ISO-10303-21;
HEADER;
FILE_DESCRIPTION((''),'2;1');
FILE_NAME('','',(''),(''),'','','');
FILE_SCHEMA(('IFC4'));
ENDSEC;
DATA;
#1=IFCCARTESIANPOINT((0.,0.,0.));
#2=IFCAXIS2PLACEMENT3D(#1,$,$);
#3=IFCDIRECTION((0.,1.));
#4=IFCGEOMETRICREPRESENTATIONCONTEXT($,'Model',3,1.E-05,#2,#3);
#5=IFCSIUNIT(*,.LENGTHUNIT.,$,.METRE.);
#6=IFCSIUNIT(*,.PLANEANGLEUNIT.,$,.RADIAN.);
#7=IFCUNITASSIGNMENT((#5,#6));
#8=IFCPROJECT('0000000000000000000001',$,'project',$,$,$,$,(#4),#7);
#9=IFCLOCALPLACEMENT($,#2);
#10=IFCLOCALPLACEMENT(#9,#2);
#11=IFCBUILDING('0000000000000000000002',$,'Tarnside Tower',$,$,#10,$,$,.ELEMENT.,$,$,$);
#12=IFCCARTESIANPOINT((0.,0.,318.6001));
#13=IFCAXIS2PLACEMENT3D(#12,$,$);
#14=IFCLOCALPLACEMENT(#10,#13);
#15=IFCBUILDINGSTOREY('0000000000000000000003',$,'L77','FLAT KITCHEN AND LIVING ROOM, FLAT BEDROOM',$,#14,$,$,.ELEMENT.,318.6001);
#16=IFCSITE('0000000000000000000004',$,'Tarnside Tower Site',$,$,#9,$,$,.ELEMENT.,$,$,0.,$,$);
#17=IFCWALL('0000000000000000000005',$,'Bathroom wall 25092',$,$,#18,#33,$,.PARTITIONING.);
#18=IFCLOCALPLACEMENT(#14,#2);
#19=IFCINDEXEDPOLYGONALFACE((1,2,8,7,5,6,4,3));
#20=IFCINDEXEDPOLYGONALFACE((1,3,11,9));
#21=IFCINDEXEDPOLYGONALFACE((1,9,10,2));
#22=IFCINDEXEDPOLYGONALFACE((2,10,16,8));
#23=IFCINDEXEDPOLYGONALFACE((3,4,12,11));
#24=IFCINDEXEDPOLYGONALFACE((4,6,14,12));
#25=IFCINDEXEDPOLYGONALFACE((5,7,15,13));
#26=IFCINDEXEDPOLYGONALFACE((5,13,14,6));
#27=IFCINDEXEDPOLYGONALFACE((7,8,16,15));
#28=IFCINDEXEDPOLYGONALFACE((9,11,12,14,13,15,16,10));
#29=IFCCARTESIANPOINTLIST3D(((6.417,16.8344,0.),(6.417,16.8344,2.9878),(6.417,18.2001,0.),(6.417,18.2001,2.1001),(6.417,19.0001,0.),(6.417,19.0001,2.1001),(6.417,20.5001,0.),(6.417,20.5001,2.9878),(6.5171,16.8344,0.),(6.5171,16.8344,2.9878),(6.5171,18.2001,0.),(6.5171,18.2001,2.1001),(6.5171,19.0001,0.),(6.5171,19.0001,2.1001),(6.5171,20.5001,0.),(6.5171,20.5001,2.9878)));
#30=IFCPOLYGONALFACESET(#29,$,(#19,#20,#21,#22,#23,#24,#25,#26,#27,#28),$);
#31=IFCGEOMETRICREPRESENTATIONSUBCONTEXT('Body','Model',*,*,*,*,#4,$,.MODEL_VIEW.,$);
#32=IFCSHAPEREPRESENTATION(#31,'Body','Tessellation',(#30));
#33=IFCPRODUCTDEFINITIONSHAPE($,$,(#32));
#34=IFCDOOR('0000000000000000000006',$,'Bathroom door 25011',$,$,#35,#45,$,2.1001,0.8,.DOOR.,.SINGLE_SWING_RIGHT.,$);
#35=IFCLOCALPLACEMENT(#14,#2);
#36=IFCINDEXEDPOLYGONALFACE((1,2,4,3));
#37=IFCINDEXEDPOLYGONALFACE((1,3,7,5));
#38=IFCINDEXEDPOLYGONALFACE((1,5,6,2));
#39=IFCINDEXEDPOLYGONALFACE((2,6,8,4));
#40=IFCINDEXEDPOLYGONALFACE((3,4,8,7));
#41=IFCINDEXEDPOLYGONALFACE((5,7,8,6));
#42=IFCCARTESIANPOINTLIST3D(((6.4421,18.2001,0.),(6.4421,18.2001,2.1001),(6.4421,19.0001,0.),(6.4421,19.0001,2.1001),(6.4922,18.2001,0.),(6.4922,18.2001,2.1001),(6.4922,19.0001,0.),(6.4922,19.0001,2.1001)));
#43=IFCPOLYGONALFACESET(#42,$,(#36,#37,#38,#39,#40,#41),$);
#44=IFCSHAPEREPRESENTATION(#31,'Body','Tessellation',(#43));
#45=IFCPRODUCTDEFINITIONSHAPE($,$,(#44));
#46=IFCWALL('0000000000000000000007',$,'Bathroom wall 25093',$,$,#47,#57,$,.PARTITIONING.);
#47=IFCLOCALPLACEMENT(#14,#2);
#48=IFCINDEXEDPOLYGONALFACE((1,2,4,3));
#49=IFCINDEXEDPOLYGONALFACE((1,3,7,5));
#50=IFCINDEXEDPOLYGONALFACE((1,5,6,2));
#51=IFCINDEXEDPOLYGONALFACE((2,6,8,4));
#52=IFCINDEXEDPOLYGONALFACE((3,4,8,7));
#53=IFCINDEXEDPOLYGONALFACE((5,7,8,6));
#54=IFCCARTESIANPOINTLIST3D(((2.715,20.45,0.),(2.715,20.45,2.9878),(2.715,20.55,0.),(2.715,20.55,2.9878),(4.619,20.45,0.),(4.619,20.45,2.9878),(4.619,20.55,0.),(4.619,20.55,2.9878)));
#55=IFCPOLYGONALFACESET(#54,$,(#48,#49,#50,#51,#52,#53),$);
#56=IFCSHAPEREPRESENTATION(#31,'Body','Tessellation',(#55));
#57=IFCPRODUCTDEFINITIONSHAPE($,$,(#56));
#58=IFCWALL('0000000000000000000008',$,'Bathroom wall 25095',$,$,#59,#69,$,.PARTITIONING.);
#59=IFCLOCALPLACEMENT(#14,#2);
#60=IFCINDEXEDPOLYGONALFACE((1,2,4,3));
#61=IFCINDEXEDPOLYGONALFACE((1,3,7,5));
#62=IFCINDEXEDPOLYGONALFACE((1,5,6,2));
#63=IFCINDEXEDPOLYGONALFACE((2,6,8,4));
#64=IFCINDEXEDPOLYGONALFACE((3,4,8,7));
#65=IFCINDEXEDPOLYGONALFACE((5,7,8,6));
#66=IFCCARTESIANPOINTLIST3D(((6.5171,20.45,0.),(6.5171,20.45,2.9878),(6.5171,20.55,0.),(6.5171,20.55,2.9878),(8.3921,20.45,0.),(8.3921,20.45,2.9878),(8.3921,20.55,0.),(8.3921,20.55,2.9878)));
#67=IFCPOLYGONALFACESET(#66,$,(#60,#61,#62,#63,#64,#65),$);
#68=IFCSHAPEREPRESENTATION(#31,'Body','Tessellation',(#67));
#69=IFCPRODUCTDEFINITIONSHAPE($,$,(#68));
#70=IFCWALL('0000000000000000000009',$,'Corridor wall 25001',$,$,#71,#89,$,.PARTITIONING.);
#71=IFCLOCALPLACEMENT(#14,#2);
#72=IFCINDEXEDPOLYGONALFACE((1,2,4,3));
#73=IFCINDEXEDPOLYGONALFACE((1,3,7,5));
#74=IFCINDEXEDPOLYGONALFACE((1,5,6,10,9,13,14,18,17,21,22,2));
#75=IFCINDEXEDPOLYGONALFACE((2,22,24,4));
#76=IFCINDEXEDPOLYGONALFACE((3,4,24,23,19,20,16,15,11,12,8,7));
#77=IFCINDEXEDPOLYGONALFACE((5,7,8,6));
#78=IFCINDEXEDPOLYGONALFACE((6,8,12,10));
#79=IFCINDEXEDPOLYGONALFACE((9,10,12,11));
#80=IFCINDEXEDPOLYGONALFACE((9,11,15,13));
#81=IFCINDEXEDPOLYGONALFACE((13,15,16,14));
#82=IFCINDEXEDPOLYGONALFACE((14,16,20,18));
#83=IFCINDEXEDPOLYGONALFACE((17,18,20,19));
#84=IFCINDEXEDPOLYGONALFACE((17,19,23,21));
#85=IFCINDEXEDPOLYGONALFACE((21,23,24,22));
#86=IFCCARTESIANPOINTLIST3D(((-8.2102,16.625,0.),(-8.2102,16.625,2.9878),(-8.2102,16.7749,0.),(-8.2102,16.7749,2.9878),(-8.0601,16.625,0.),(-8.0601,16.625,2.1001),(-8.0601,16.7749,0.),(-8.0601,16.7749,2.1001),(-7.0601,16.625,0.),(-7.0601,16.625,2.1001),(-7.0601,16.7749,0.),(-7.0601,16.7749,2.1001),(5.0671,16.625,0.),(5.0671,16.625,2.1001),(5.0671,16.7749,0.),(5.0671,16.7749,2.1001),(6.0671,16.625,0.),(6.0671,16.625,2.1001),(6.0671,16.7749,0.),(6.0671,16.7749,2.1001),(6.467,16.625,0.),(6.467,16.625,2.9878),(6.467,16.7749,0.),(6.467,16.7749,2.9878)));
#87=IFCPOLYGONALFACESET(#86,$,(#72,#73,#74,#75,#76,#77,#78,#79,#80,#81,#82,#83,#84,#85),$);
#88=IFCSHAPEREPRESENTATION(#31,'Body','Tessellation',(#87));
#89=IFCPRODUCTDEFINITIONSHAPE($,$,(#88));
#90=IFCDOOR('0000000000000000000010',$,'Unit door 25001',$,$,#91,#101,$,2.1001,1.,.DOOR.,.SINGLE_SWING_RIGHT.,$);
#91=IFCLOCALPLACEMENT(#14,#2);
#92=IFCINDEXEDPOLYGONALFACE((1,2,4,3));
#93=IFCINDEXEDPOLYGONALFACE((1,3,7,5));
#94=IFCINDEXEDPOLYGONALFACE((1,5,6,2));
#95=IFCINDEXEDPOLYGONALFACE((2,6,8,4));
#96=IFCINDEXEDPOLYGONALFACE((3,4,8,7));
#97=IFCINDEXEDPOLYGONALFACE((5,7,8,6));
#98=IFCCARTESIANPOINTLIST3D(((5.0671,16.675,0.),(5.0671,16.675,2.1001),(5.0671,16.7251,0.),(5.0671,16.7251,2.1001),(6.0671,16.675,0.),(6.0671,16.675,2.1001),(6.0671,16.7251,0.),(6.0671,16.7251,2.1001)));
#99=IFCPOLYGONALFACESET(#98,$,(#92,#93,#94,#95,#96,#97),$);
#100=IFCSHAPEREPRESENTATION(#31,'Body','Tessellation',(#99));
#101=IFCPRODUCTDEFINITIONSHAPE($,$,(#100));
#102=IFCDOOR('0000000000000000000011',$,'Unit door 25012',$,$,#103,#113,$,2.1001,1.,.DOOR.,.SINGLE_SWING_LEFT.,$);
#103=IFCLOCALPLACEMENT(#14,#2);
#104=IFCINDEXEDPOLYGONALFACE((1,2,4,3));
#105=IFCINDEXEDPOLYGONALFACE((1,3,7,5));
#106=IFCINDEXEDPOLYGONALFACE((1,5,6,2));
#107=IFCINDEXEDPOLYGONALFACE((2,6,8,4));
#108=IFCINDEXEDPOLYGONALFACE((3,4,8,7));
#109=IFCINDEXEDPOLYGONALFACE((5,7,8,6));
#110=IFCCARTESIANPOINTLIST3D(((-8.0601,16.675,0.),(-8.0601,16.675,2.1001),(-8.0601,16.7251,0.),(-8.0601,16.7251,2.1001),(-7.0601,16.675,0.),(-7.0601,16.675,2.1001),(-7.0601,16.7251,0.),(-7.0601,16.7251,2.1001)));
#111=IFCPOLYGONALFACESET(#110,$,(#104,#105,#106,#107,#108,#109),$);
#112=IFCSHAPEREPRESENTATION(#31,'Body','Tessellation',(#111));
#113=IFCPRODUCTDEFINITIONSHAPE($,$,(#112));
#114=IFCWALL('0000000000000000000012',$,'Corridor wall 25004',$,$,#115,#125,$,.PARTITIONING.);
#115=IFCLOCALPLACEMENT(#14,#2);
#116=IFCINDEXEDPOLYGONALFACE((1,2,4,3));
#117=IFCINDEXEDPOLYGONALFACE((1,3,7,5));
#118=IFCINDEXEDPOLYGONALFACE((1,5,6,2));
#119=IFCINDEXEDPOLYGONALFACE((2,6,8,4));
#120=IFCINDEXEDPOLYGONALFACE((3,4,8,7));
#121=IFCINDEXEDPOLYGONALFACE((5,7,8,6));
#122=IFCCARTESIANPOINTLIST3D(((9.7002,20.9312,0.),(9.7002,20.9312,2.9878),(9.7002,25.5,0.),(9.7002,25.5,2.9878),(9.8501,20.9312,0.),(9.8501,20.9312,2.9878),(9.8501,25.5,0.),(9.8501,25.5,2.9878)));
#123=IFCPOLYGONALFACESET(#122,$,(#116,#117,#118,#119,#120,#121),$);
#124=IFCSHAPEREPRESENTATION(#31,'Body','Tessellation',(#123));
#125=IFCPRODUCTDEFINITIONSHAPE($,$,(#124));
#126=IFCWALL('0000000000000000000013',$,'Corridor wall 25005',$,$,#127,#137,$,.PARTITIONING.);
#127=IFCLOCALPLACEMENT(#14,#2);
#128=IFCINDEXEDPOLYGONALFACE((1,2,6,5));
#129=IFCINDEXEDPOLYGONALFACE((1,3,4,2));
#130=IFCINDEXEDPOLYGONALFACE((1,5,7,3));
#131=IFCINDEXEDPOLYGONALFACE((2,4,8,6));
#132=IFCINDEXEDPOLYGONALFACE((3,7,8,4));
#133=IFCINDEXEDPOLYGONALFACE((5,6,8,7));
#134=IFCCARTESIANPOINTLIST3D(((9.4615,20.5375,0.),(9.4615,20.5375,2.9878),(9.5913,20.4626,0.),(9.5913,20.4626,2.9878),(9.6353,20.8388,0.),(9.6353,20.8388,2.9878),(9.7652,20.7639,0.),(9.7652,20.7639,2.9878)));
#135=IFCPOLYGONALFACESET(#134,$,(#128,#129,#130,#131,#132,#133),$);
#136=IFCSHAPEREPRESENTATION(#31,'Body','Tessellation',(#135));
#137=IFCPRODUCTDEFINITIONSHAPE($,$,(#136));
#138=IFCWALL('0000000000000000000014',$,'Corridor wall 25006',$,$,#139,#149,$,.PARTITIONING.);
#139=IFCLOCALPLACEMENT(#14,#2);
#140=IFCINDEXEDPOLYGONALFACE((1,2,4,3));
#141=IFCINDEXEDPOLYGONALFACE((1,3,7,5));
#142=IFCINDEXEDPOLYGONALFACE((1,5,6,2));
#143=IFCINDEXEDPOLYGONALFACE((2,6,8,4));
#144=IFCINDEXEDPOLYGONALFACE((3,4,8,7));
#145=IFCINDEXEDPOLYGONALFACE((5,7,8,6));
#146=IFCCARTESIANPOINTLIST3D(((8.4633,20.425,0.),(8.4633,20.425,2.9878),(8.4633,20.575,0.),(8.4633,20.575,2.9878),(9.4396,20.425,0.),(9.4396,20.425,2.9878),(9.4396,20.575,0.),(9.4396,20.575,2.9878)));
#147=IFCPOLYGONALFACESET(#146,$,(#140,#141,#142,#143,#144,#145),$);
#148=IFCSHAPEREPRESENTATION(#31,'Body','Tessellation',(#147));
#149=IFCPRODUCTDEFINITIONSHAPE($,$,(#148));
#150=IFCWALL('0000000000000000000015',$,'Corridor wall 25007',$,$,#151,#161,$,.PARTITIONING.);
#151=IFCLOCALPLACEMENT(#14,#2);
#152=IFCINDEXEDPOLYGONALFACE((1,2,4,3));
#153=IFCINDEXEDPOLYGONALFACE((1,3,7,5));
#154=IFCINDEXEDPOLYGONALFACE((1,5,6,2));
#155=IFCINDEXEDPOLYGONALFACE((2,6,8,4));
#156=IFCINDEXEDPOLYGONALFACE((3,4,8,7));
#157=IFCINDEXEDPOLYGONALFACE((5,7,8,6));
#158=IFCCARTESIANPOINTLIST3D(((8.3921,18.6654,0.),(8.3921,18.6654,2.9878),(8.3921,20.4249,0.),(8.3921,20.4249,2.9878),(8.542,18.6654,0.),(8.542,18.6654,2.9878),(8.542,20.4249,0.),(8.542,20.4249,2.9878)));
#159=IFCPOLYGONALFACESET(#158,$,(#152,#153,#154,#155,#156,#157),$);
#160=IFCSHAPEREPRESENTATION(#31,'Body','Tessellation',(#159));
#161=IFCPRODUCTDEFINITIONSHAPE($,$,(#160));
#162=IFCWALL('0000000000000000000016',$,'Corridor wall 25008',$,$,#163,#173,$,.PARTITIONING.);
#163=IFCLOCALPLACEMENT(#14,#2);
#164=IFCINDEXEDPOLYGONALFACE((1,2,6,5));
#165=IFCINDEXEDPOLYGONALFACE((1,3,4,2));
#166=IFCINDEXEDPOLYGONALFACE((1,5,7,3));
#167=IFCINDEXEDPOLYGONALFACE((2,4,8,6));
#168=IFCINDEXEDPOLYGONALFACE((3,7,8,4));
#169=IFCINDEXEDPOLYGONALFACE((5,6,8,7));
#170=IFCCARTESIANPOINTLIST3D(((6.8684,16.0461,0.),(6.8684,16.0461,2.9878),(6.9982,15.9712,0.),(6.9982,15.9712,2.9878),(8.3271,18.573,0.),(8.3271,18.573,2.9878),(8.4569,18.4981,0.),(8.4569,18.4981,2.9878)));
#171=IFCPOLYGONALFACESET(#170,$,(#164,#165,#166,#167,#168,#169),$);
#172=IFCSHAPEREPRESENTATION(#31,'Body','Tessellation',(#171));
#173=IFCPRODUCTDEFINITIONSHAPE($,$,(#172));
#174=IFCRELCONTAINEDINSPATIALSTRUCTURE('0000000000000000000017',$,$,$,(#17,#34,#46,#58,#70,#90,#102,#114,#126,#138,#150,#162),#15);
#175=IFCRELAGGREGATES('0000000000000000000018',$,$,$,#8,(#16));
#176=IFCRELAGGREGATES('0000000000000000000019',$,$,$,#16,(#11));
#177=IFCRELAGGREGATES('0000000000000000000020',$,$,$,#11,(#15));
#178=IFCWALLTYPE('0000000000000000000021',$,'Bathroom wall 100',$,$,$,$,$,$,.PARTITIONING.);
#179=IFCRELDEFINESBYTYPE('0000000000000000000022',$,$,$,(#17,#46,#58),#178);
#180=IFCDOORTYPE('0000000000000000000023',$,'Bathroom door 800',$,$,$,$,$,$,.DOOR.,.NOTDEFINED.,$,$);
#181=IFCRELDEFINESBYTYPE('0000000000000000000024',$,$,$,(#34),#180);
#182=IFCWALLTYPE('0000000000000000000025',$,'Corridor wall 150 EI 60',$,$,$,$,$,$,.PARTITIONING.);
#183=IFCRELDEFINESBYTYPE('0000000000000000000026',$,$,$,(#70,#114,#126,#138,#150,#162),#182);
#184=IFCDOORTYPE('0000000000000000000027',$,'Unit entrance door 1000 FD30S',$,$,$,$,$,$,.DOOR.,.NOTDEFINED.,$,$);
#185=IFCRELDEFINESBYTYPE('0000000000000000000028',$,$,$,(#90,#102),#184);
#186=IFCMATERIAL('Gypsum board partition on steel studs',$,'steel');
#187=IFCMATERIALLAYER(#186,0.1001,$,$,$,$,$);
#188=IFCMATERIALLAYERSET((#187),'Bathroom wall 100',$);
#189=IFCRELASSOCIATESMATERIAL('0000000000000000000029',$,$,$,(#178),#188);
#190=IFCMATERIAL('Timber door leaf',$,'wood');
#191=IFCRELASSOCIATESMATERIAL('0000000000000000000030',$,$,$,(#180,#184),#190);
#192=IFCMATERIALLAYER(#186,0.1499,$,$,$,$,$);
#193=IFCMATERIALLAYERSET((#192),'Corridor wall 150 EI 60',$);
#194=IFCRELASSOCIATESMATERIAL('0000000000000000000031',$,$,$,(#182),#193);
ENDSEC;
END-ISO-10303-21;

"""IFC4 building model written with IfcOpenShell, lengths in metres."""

from ifc_helpers import new_model, si_unit, direction, frame, frame_2d, origin, place, context, subcontext, project, spatial, rectangle, extrude, material, layer, layer_set, type_object, element, fill, save


model = new_model("IFC4")

# Units and contexts
model_context = context("Model", 3, precision=1e-05, world=origin(), true_north=direction((0.0, 1.0)))
body_context = subcontext(model_context, "Body", "Model", "MODEL_VIEW")
ifc_project = project(units=[si_unit("LENGTHUNIT", "METRE"), si_unit("PLANEANGLEUNIT", "RADIAN")], contexts=[model_context])

# Site, building, storey
site_placement = place(None, origin())
site = spatial("IfcSite", under=ifc_project, at=site_placement, Name="Tarnside Tower Site", CompositionType="ELEMENT", RefElevation=0.0)
building_placement = place(site_placement, origin())
building = spatial("IfcBuilding", under=site, at=building_placement, Name="Tarnside Tower", CompositionType="ELEMENT")
storey_placement = place(building_placement, frame((0.0, 0.0, 318.6001)))
storey = spatial("IfcBuildingStorey", under=building, at=storey_placement, Name="L77", Description="FLAT KITCHEN AND LIVING ROOM, FLAT BEDROOM", CompositionType="ELEMENT", Elevation=318.6001)

# Shared definitions
ifc_material_1 = material(Name="Gypsum board partition on steel studs", Category="steel")
ifc_layer_1 = layer(ifc_material_1, 0.1001)
ifc_layer_set_1 = layer_set([ifc_layer_1], Name="Bathroom wall 100")
wall_type_1 = type_object("IfcWallType", Name="Bathroom wall 100", PredefinedType="PARTITIONING", material=ifc_layer_set_1)

# Wall, opening, door
ifc_material_2 = material(Name="Timber door leaf", Category="wood")
door_type_1 = type_object("IfcDoorType", Name="Bathroom door 800", OperationType="NOTDEFINED", PredefinedType="DOOR", material=ifc_material_2)
wall_1_placement = place(storey_placement, frame((6.467, 16.8342, 0.0), z_axis=(0.0, 0.0, 1.0), x_axis=(0.0, 1.0, 0.0)))
wall_1 = element("IfcWall", 1, at=wall_1_placement, inside=storey, type_object=wall_type_1, Name="Bathroom wall 25092", PredefinedType="PARTITIONING", context=body_context, shape_type="SweptSolid", body=[
    extrude(rectangle(XDim=3.6658, YDim=0.1001, at=frame_2d((1.833, 0.0))), origin(), (0.0, 0.0, 1.0), 2.9878),
])
opening_1_placement = place(wall_1_placement, frame((1.366, 0.0, 0.0)))
opening_1 = element("IfcOpeningElement", 2, at=opening_1_placement, cuts=wall_1, PredefinedType="OPENING", context=body_context, shape_type="SweptSolid", body=[
    extrude(rectangle(XDim=0.8, YDim=2.1001, at=frame_2d((0.3999, 1.05))), frame((0.0, 0.0601, 0.0), z_axis=(0.0, -1.0, 0.0), x_axis=(1.0, 0.0, 0.0)), (0.0, 0.0, 1.0), 0.1201),
])
door_1_placement = place(opening_1_placement, origin())
door_1 = element("IfcDoor", 3, at=door_1_placement, inside=storey, type_object=door_type_1, Name="Bathroom door 25011", OperationType="SINGLE_SWING_RIGHT", OverallHeight=2.1001, OverallWidth=0.8, PredefinedType="DOOR", context=body_context, shape_type="SweptSolid", body=[
    extrude(rectangle(XDim=0.8, YDim=2.1001, at=frame_2d((0.3999, 1.05))), frame((0.0, 0.0249, 0.0), z_axis=(0.0, -1.0, 0.0), x_axis=(1.0, 0.0, 0.0)), (0.0, 0.0, 1.0), 0.05),
])
fill(opening_1, door_1)

# Walls
wall_2_placement = place(storey_placement, frame((4.6191, 20.5, 0.0), z_axis=(0.0, 0.0, 1.0), x_axis=(-1.0, 0.0, 0.0)))
element("IfcWall", 4, at=wall_2_placement, inside=storey, type_object=wall_type_1, Name="Bathroom wall 25093", PredefinedType="PARTITIONING", context=body_context, shape_type="SweptSolid", body=[
    extrude(rectangle(XDim=1.9041, YDim=0.1001, at=frame_2d((0.9521, 0.0))), origin(), (0.0, 0.0, 1.0), 2.9878),
])
wall_3_placement = place(storey_placement, frame((6.5171, 20.5, 0.0), z_axis=(0.0, 0.0, 1.0), x_axis=(1.0, 0.0, 0.0)))
element("IfcWall", 5, at=wall_3_placement, inside=storey, type_object=wall_type_1, Name="Bathroom wall 25095", PredefinedType="PARTITIONING", context=body_context, shape_type="SweptSolid", body=[
    extrude(rectangle(XDim=1.875, YDim=0.1001, at=frame_2d((0.9375, 0.0))), origin(), (0.0, 0.0, 1.0), 2.9878),
])

# Wall, openings, doors
ifc_layer_2 = layer(ifc_material_1, 0.1499)
ifc_layer_set_2 = layer_set([ifc_layer_2], Name="Corridor wall 150 EI 60")
wall_type_2 = type_object("IfcWallType", Name="Corridor wall 150 EI 60", PredefinedType="PARTITIONING", material=ifc_layer_set_2)
wall_4_placement = place(storey_placement, frame((6.467, 16.7, 0.0), z_axis=(0.0, 0.0, 1.0), x_axis=(-1.0, 0.0, 0.0)))
wall_4 = element("IfcWall", 6, at=wall_4_placement, inside=storey, type_object=wall_type_2, Name="Corridor wall 25001", PredefinedType="PARTITIONING", context=body_context, shape_type="SweptSolid", body=[
    extrude(rectangle(XDim=14.6772, YDim=0.1499, at=frame_2d((7.3386, 0.0))), origin(), (0.0, 0.0, 1.0), 2.9878),
])
opening_2_placement = place(wall_4_placement, frame((0.3999, 0.0, 0.0)))
opening_2 = element("IfcOpeningElement", 7, at=opening_2_placement, cuts=wall_4, PredefinedType="OPENING", context=body_context, shape_type="SweptSolid", body=[
    extrude(rectangle(XDim=1.0, YDim=2.1001, at=frame_2d((0.5, 1.05))), frame((0.0, 0.085, 0.0), z_axis=(0.0, -1.0, 0.0), x_axis=(1.0, 0.0, 0.0)), (0.0, 0.0, 1.0), 0.1699),
])
opening_3_placement = place(wall_4_placement, frame((13.5271, 0.0, 0.0)))
opening_3 = element("IfcOpeningElement", 8, at=opening_3_placement, cuts=wall_4, PredefinedType="OPENING", context=body_context, shape_type="SweptSolid", body=[
    extrude(rectangle(XDim=1.0, YDim=2.1001, at=frame_2d((0.5, 1.05))), frame((0.0, 0.085, 0.0), z_axis=(0.0, -1.0, 0.0), x_axis=(1.0, 0.0, 0.0)), (0.0, 0.0, 1.0), 0.1699),
])
door_type_2 = type_object("IfcDoorType", Name="Unit entrance door 1000 FD30S", OperationType="NOTDEFINED", PredefinedType="DOOR", material=ifc_material_2)
door_2_placement = place(opening_2_placement, origin())
door_2 = element("IfcDoor", 9, at=door_2_placement, inside=storey, type_object=door_type_2, Name="Unit door 25001", OperationType="SINGLE_SWING_RIGHT", OverallHeight=2.1001, OverallWidth=1.0, PredefinedType="DOOR", context=body_context, shape_type="SweptSolid", body=[
    extrude(rectangle(XDim=1.0, YDim=2.1001, at=frame_2d((0.5, 1.05))), frame((0.0, 0.0249, 0.0), z_axis=(0.0, -1.0, 0.0), x_axis=(1.0, 0.0, 0.0)), (0.0, 0.0, 1.0), 0.05),
])
fill(opening_2, door_2)
door_3_placement = place(opening_3_placement, origin())
door_3 = element("IfcDoor", 10, at=door_3_placement, inside=storey, type_object=door_type_2, Name="Unit door 25012", OperationType="SINGLE_SWING_LEFT", OverallHeight=2.1001, OverallWidth=1.0, PredefinedType="DOOR", context=body_context, shape_type="SweptSolid", body=[
    extrude(rectangle(XDim=1.0, YDim=2.1001, at=frame_2d((0.5, 1.05))), frame((0.0, 0.0249, 0.0), z_axis=(0.0, -1.0, 0.0), x_axis=(1.0, 0.0, 0.0)), (0.0, 0.0, 1.0), 0.05),
])
fill(opening_3, door_3)

# Walls
wall_5_placement = place(storey_placement, frame((9.7751, 25.5, 0.0), z_axis=(0.0, 0.0, 1.0), x_axis=(0.0, -1.0, 0.0)))
element("IfcWall", 11, at=wall_5_placement, inside=storey, type_object=wall_type_2, Name="Corridor wall 25004", PredefinedType="PARTITIONING", context=body_context, shape_type="SweptSolid", body=[
    extrude(rectangle(XDim=4.5688, YDim=0.1499, at=frame_2d((2.2844, 0.0))), origin(), (0.0, 0.0, 1.0), 2.9878),
])
wall_6_placement = place(storey_placement, frame((9.7002, 20.8013, 0.0), z_axis=(0.0, 0.0, 1.0), x_axis=(-0.499763, -0.866162, 0.0)))
element("IfcWall", 12, at=wall_6_placement, inside=storey, type_object=wall_type_2, Name="Corridor wall 25005", PredefinedType="PARTITIONING", context=body_context, shape_type="SweptSolid", body=[
    extrude(rectangle(XDim=0.3479, YDim=0.1499, at=frame_2d((0.1738, 0.0))), origin(), (0.0, 0.0, 1.0), 2.9878),
])
wall_7_placement = place(storey_placement, frame((9.4397, 20.5, 0.0), z_axis=(0.0, 0.0, 1.0), x_axis=(-1.0, 0.0, 0.0)))
element("IfcWall", 13, at=wall_7_placement, inside=storey, type_object=wall_type_2, Name="Corridor wall 25006", PredefinedType="PARTITIONING", context=body_context, shape_type="SweptSolid", body=[
    extrude(rectangle(XDim=0.9763, YDim=0.1499, at=frame_2d((0.4883, 0.0))), origin(), (0.0, 0.0, 1.0), 2.9878),
])
wall_8_placement = place(storey_placement, frame((8.467, 20.425, 0.0), z_axis=(0.0, 0.0, 1.0), x_axis=(0.0, -1.0, 0.0)))
element("IfcWall", 14, at=wall_8_placement, inside=storey, type_object=wall_type_2, Name="Corridor wall 25007", PredefinedType="PARTITIONING", context=body_context, shape_type="SweptSolid", body=[
    extrude(rectangle(XDim=1.7595, YDim=0.1499, at=frame_2d((0.8799, 0.0))), origin(), (0.0, 0.0, 1.0), 2.9878),
])
wall_9_placement = place(storey_placement, frame((8.3921, 18.5356, 0.0), z_axis=(0.0, 0.0, 1.0), x_axis=(-0.499964, -0.866046, 0.0)))
element("IfcWall", 15, at=wall_9_placement, inside=storey, type_object=wall_type_2, Name="Corridor wall 25008", PredefinedType="PARTITIONING", context=body_context, shape_type="SweptSolid", body=[
    extrude(rectangle(XDim=2.9177, YDim=0.1499, at=frame_2d((1.459, 0.0))), origin(), (0.0, 0.0, 1.0), 2.9878),
])

save(model, "model.ifc")
